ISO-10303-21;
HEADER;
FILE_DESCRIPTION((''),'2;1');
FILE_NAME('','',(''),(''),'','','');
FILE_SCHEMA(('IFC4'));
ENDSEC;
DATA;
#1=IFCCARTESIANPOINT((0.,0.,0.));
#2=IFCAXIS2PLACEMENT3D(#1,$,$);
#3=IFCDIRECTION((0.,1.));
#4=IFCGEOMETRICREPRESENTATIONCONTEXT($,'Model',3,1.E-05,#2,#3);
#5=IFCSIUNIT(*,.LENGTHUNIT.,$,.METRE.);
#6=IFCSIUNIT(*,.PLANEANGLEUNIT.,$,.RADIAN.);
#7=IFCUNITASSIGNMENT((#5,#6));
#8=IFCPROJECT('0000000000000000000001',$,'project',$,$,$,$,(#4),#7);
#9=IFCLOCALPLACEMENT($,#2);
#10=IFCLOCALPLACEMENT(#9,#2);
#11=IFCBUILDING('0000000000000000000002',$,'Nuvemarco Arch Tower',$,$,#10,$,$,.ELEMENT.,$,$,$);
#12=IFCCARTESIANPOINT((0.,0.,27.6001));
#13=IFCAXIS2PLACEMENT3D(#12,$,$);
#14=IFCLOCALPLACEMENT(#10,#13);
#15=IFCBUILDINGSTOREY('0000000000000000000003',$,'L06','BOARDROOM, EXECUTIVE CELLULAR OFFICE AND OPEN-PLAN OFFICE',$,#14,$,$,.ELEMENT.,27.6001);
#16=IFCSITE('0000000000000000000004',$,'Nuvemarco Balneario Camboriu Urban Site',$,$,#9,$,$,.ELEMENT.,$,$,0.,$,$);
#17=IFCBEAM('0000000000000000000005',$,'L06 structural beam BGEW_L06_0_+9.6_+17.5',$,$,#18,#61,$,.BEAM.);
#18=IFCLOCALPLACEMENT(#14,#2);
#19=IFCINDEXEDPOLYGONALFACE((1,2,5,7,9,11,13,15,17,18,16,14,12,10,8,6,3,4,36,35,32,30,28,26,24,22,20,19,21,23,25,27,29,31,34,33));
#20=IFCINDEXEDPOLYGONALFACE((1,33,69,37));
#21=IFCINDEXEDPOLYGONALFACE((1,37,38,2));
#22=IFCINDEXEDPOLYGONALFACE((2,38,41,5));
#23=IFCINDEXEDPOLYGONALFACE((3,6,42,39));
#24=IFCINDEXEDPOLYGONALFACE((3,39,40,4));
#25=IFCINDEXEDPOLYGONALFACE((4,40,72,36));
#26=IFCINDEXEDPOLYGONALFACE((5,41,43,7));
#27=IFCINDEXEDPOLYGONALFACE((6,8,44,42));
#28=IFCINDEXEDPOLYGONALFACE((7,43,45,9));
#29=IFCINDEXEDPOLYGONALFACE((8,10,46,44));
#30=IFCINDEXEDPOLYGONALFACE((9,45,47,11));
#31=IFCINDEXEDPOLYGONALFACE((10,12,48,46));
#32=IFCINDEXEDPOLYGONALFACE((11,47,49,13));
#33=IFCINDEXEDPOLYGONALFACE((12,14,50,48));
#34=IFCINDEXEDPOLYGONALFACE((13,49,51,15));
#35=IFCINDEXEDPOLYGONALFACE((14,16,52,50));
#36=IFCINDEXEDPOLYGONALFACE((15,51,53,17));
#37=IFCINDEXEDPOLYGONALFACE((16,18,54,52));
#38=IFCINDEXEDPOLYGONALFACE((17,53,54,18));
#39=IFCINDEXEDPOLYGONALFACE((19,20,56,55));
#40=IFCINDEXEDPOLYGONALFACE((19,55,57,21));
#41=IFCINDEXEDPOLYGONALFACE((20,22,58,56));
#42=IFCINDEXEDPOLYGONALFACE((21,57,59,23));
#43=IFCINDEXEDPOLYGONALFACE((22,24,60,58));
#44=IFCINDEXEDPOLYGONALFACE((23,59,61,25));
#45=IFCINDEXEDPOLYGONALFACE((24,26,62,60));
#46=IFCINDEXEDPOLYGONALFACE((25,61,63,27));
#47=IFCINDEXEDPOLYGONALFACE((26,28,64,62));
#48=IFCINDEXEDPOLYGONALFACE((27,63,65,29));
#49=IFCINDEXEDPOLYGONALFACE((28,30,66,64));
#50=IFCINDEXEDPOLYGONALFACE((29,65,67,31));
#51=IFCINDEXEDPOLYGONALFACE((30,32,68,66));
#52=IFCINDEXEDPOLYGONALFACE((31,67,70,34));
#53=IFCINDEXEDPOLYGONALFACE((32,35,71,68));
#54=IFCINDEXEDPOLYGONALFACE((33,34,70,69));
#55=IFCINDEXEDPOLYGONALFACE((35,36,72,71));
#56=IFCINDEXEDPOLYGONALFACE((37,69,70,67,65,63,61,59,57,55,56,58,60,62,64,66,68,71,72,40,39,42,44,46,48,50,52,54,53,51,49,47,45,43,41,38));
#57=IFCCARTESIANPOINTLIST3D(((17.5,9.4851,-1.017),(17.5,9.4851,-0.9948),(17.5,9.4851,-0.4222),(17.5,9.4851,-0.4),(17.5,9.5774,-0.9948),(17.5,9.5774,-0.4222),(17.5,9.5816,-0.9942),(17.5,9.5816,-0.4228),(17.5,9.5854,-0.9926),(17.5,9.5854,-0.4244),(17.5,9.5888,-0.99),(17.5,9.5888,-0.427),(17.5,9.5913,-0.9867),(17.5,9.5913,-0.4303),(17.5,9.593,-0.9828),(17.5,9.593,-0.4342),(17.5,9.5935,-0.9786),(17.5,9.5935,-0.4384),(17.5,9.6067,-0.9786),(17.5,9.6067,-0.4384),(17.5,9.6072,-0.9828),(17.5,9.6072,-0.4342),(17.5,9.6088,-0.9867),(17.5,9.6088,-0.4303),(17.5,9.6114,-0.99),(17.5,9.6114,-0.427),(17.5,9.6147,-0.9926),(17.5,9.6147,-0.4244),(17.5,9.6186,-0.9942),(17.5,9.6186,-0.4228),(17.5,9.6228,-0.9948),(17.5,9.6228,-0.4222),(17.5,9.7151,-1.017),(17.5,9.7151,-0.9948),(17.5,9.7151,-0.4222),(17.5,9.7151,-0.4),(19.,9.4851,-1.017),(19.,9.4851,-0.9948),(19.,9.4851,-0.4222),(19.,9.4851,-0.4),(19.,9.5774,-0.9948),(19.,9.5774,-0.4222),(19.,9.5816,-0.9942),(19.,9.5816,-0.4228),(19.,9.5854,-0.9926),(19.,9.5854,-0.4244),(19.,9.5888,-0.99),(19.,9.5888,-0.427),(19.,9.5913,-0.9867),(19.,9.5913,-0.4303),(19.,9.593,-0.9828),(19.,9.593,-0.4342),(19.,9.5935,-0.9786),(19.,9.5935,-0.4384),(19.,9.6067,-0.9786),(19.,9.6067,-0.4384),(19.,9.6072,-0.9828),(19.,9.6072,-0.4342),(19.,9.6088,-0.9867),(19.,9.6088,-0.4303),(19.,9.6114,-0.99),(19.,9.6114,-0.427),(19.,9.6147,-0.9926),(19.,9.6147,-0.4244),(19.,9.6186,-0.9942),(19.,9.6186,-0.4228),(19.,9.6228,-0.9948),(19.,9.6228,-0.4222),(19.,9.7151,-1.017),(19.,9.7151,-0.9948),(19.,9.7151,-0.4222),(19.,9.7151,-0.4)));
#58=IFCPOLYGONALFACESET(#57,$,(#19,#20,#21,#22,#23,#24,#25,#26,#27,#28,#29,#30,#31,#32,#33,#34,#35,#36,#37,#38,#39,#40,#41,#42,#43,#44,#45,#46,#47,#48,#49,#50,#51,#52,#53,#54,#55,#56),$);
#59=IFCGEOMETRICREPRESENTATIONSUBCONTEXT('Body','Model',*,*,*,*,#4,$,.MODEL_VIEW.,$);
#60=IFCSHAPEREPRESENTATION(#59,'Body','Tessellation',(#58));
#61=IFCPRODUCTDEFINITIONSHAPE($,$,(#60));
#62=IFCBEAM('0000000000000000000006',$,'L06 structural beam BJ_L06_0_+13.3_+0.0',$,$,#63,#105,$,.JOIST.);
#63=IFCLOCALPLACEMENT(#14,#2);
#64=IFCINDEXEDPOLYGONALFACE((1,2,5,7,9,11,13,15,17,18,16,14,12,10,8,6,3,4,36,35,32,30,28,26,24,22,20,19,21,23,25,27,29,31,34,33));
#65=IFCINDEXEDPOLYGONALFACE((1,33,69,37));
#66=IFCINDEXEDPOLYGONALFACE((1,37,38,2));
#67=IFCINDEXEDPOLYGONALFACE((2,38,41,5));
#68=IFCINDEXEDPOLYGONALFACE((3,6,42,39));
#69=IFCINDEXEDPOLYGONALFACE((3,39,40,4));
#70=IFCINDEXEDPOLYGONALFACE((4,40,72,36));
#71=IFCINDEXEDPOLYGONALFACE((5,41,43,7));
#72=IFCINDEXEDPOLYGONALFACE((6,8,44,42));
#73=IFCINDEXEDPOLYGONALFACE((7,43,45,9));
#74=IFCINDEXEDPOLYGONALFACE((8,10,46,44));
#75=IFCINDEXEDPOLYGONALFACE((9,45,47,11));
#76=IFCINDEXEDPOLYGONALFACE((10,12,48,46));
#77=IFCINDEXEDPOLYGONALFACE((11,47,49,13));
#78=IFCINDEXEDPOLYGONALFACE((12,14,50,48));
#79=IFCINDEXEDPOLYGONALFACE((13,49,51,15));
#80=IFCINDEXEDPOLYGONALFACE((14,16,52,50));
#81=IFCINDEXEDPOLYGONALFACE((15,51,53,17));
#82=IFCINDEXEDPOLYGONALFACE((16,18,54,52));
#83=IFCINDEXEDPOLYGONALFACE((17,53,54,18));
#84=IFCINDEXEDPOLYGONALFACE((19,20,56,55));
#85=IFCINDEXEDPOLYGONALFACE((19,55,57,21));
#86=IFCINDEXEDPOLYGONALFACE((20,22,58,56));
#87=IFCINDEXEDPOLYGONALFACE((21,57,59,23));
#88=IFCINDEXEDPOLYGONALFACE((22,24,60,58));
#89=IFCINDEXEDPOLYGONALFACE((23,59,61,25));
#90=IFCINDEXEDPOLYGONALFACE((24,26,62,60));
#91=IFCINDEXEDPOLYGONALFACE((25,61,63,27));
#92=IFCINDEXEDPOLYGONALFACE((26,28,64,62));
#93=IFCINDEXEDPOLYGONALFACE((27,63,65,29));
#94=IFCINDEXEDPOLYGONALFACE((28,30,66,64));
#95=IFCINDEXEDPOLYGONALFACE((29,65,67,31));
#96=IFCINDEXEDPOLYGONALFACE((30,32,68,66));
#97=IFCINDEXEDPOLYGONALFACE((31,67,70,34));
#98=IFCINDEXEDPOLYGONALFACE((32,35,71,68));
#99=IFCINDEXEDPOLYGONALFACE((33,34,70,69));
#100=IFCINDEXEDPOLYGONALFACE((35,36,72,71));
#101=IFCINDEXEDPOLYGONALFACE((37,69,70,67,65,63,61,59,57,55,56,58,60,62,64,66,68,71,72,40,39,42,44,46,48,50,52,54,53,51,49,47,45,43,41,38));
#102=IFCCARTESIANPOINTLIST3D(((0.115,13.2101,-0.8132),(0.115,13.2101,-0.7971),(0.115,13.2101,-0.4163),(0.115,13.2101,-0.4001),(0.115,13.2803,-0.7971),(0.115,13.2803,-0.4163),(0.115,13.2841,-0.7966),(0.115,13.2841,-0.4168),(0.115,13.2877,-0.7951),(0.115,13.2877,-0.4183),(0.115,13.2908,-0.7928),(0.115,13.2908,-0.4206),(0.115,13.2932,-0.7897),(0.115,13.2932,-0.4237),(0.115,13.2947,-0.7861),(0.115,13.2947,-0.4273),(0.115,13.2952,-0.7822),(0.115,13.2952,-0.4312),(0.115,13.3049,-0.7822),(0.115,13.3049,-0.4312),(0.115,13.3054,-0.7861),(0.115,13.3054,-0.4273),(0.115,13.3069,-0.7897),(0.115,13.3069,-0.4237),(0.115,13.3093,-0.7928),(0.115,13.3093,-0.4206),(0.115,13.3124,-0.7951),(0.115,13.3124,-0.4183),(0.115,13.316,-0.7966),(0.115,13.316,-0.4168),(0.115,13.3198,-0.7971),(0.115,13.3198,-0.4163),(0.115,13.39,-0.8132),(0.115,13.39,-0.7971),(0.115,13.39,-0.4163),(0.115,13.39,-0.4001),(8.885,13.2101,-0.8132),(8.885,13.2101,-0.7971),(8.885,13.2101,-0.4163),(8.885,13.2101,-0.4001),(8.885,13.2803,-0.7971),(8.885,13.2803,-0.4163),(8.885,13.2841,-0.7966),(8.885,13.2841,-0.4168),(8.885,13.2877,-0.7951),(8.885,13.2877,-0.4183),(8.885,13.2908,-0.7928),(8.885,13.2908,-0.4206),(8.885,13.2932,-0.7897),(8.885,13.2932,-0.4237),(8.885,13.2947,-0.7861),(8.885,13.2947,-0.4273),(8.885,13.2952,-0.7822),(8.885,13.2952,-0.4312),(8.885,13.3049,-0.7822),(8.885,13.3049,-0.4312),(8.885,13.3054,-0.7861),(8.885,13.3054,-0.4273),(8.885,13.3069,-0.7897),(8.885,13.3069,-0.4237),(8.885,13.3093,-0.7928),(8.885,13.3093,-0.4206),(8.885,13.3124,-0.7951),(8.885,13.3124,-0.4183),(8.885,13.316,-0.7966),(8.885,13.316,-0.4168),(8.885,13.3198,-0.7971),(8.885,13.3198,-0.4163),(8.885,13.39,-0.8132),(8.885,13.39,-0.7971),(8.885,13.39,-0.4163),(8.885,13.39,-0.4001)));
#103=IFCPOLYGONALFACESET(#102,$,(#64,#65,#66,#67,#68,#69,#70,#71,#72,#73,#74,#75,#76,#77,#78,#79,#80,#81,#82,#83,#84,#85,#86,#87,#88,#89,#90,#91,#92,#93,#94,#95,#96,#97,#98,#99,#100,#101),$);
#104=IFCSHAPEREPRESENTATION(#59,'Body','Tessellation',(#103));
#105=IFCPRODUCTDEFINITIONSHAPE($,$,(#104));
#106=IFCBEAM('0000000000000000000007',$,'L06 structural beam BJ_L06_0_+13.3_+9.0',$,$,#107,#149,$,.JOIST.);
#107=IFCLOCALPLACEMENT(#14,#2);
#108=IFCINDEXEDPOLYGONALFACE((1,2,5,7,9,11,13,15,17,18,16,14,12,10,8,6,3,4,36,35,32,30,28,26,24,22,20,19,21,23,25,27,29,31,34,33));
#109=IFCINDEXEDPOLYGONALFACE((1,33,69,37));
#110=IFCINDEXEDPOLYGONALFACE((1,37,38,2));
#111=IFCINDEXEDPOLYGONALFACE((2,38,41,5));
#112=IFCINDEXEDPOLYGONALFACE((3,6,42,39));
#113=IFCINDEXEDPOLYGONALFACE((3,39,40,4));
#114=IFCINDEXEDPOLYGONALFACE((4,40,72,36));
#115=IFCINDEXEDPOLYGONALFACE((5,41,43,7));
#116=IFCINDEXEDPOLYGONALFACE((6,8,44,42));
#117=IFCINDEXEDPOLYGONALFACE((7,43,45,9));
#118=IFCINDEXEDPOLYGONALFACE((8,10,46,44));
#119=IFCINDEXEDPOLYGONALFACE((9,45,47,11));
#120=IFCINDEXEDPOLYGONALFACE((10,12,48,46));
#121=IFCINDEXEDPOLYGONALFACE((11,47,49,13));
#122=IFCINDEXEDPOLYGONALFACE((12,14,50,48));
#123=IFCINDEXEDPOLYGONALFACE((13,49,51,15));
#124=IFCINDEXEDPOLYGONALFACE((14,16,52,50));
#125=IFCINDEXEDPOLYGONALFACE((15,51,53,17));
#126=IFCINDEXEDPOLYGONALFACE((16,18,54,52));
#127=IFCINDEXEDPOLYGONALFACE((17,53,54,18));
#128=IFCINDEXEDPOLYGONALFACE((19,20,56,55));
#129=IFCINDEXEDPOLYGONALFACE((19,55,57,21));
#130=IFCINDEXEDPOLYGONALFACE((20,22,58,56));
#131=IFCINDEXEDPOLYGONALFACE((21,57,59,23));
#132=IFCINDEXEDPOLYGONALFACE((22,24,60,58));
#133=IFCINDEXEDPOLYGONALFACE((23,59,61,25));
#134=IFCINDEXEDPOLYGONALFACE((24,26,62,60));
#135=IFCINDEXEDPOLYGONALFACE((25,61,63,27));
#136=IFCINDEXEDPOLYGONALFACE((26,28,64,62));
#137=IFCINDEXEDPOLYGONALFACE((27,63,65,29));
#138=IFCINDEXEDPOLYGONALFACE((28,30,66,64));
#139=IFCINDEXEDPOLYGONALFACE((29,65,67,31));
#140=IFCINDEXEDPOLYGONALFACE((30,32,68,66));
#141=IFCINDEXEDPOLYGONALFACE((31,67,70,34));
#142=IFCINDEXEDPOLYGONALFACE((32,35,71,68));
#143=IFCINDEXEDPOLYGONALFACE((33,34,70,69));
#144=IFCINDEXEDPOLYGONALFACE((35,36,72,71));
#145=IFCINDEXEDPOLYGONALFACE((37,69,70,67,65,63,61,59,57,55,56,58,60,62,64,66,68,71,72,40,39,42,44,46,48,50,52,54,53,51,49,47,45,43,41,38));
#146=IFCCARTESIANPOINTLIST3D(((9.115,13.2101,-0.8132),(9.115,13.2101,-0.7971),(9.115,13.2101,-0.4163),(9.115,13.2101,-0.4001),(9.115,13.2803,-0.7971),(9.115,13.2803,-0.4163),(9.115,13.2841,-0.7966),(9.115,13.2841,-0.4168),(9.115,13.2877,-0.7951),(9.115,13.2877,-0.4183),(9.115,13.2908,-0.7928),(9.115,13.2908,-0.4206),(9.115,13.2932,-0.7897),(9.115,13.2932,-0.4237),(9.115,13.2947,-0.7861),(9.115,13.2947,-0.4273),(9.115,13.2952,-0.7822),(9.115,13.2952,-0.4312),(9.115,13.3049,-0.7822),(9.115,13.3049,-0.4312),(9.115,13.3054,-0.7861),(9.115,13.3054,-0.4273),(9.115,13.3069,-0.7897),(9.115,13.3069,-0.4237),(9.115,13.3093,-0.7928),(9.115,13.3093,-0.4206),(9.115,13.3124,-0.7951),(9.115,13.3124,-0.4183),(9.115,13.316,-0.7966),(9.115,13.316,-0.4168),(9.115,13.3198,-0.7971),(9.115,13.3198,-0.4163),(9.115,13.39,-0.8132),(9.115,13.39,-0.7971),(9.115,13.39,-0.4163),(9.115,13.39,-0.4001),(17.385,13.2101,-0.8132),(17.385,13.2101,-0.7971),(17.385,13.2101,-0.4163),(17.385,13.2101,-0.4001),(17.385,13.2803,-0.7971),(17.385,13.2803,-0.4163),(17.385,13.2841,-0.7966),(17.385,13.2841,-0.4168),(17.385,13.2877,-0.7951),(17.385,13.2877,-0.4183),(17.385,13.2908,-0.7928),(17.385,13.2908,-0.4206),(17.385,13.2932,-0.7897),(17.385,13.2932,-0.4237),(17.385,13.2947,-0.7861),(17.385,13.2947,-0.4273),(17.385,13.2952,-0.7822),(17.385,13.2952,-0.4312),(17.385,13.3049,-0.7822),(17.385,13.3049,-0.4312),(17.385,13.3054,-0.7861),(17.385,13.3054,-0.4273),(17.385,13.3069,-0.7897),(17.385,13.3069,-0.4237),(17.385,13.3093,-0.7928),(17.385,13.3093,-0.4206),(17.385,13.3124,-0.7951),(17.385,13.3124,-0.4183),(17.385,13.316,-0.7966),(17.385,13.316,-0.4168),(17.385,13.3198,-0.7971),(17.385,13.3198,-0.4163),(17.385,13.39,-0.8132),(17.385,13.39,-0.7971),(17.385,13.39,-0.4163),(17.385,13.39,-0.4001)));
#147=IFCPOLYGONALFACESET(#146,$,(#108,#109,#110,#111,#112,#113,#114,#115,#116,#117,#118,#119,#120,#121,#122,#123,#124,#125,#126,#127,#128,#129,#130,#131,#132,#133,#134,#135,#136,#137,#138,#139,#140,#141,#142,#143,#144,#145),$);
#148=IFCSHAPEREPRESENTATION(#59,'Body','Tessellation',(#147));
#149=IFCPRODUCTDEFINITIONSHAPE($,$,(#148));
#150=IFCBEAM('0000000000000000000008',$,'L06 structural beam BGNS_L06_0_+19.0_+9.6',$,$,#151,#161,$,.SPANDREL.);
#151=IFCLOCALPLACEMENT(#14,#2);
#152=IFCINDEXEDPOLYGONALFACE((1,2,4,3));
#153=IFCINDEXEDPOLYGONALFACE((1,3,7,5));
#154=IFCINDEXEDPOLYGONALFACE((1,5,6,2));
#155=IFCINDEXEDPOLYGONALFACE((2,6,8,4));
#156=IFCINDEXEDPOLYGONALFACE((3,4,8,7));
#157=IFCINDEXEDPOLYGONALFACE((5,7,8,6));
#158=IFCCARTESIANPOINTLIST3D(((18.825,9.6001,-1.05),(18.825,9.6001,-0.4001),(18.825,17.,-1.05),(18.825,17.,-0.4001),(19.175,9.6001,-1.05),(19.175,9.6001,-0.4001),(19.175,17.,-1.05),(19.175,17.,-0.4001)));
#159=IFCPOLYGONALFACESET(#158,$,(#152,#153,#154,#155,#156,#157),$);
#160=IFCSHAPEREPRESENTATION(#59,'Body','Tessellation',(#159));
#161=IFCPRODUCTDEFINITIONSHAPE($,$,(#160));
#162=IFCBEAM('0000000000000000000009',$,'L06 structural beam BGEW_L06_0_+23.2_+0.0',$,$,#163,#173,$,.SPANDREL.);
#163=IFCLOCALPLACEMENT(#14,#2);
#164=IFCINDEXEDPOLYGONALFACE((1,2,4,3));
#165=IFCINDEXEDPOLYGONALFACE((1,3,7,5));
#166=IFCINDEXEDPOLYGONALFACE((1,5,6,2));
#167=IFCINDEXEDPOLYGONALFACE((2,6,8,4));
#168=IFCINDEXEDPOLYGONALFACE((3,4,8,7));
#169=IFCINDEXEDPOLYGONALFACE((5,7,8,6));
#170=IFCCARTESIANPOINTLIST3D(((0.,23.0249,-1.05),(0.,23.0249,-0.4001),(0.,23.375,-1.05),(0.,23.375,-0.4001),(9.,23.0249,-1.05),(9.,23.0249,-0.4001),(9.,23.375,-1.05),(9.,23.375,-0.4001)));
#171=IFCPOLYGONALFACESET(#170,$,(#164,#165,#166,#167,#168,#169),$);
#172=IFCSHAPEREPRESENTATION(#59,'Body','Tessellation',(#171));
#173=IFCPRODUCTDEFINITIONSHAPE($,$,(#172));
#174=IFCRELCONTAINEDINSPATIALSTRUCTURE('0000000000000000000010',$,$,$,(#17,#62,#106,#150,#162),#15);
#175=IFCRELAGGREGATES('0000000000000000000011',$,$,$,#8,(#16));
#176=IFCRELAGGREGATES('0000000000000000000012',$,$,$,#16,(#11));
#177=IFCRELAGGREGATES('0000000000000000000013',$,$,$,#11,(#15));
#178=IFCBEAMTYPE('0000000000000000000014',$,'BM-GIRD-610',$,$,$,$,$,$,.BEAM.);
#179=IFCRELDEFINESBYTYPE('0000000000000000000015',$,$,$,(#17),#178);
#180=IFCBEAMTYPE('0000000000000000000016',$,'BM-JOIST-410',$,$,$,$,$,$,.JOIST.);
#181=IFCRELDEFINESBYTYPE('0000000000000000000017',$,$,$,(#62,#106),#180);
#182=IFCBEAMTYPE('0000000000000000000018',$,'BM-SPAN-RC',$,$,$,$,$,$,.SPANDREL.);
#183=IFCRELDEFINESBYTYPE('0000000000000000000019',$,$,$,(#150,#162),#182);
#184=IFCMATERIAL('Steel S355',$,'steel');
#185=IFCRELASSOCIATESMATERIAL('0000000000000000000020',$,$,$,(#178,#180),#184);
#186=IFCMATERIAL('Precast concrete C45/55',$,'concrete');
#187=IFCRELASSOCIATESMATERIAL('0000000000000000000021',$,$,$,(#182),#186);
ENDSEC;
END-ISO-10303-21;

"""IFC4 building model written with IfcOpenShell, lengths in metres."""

from ifc_helpers import new_model, si_unit, direction, frame, origin, origin_2d, place, context, subcontext, project, spatial, rectangle, i_section, extrude, material, material_profile, profile_set, type_object, element, save


model = new_model("IFC4")

# Units and contexts
model_context = context("Model", 3, precision=1e-05, world=origin(), true_north=direction((0.0, 1.0)))
body_context = subcontext(model_context, "Body", "Model", "MODEL_VIEW")
ifc_project = project(units=[si_unit("LENGTHUNIT", "METRE"), si_unit("PLANEANGLEUNIT", "RADIAN")], contexts=[model_context])

# Site, building, storey
site_placement = place(None, origin())
site = spatial("IfcSite", under=ifc_project, at=site_placement, Name="Nuvemarco Balneario Camboriu Urban Site", CompositionType="ELEMENT", RefElevation=0.0)
building_placement = place(site_placement, origin())
building = spatial("IfcBuilding", under=site, at=building_placement, Name="Nuvemarco Arch Tower", CompositionType="ELEMENT")
storey_placement = place(building_placement, frame((0.0, 0.0, 27.6001)))
storey = spatial("IfcBuildingStorey", under=building, at=storey_placement, Name="L06", Description="BOARDROOM, EXECUTIVE CELLULAR OFFICE AND OPEN-PLAN OFFICE", CompositionType="ELEMENT", Elevation=27.6001)

# Shared definitions
ifc_material_1 = material(Name="Steel S355", Category="steel")

# Beams
ifc_material_profile_1 = material_profile(ifc_material_1, i_section(OverallWidth=0.23, OverallDepth=0.6169, WebThickness=0.0132, FlangeThickness=0.0222, FilletRadius=0.0161, at=origin_2d()), Name="W610x140")
ifc_profile_set_1 = profile_set([ifc_material_profile_1], Name="Steel S355")
beam_type_1 = type_object("IfcBeamType", Name="BM-GIRD-610", PredefinedType="BEAM", material=ifc_profile_set_1)
beam_1_placement = place(storey_placement, frame((17.5, 9.6001, -0.7085), z_axis=(1.0, 0.0, 0.0), x_axis=(0.0, 1.0, 0.0)))
element("IfcBeam", 1, at=beam_1_placement, inside=storey, type_object=beam_type_1, Name="L06 structural beam BGEW_L06_0_+9.6_+17.5", PredefinedType="BEAM", context=body_context, shape_type="SweptSolid", body=[
    extrude(i_section(OverallWidth=0.23, OverallDepth=0.6169, WebThickness=0.0132, FlangeThickness=0.0222, FilletRadius=0.0161, at=origin_2d()), origin(), (0.0, 0.0, 1.0), 1.5),
])
ifc_material_profile_2 = material_profile(ifc_material_1, i_section(OverallWidth=0.1799, OverallDepth=0.4131, WebThickness=0.0098, FlangeThickness=0.0161, FilletRadius=0.0149, at=origin_2d()), Name="W410x75")
ifc_profile_set_2 = profile_set([ifc_material_profile_2], Name="Steel S355")
beam_type_2 = type_object("IfcBeamType", Name="BM-JOIST-410", PredefinedType="JOIST", material=ifc_profile_set_2)
beam_2_placement = place(storey_placement, frame((0.115, 13.3, -0.6067), z_axis=(1.0, 0.0, 0.0), x_axis=(0.0, 1.0, 0.0)))
element("IfcBeam", 2, at=beam_2_placement, inside=storey, type_object=beam_type_2, Name="L06 structural beam BJ_L06_0_+13.3_+0.0", PredefinedType="JOIST", context=body_context, shape_type="SweptSolid", body=[
    extrude(i_section(OverallWidth=0.1799, OverallDepth=0.4131, WebThickness=0.0098, FlangeThickness=0.0161, FilletRadius=0.0149, at=origin_2d()), origin(), (0.0, 0.0, 1.0), 8.77),
])
beam_3_placement = place(storey_placement, frame((9.115, 13.3, -0.6067), z_axis=(1.0, 0.0, 0.0), x_axis=(0.0, 1.0, 0.0)))
element("IfcBeam", 3, at=beam_3_placement, inside=storey, type_object=beam_type_2, Name="L06 structural beam BJ_L06_0_+13.3_+9.0", PredefinedType="JOIST", context=body_context, shape_type="SweptSolid", body=[
    extrude(i_section(OverallWidth=0.1799, OverallDepth=0.4131, WebThickness=0.0098, FlangeThickness=0.0161, FilletRadius=0.0149, at=origin_2d()), origin(), (0.0, 0.0, 1.0), 8.27),
])
ifc_material_2 = material(Name="Precast concrete C45/55", Category="concrete")
ifc_material_profile_3 = material_profile(ifc_material_2, rectangle(XDim=0.3501, YDim=0.6499, at=origin_2d()), Name="PC-SP-350x650")
ifc_profile_set_3 = profile_set([ifc_material_profile_3], Name="Precast concrete C45/55")
beam_type_3 = type_object("IfcBeamType", Name="BM-SPAN-RC", PredefinedType="SPANDREL", material=ifc_profile_set_3)
beam_4_placement = place(storey_placement, frame((19.0, 9.6001, -0.7251), z_axis=(0.0, 1.0, 0.0), x_axis=(-1.0, 0.0, 0.0)))
element("IfcBeam", 4, at=beam_4_placement, inside=storey, type_object=beam_type_3, Name="L06 structural beam BGNS_L06_0_+19.0_+9.6", PredefinedType="SPANDREL", context=body_context, shape_type="SweptSolid", body=[
    extrude(rectangle(XDim=0.3501, YDim=0.6499, at=origin_2d()), origin(), (0.0, 0.0, 1.0), 7.3999),
])
beam_5_placement = place(storey_placement, frame((0.0, 23.2, -0.7251), z_axis=(1.0, 0.0, 0.0), x_axis=(0.0, 1.0, 0.0)))
element("IfcBeam", 5, at=beam_5_placement, inside=storey, type_object=beam_type_3, Name="L06 structural beam BGEW_L06_0_+23.2_+0.0", PredefinedType="SPANDREL", context=body_context, shape_type="SweptSolid", body=[
    extrude(rectangle(XDim=0.3501, YDim=0.6499, at=origin_2d()), origin(), (0.0, 0.0, 1.0), 9.0),
])

save(model, "model.ifc")
